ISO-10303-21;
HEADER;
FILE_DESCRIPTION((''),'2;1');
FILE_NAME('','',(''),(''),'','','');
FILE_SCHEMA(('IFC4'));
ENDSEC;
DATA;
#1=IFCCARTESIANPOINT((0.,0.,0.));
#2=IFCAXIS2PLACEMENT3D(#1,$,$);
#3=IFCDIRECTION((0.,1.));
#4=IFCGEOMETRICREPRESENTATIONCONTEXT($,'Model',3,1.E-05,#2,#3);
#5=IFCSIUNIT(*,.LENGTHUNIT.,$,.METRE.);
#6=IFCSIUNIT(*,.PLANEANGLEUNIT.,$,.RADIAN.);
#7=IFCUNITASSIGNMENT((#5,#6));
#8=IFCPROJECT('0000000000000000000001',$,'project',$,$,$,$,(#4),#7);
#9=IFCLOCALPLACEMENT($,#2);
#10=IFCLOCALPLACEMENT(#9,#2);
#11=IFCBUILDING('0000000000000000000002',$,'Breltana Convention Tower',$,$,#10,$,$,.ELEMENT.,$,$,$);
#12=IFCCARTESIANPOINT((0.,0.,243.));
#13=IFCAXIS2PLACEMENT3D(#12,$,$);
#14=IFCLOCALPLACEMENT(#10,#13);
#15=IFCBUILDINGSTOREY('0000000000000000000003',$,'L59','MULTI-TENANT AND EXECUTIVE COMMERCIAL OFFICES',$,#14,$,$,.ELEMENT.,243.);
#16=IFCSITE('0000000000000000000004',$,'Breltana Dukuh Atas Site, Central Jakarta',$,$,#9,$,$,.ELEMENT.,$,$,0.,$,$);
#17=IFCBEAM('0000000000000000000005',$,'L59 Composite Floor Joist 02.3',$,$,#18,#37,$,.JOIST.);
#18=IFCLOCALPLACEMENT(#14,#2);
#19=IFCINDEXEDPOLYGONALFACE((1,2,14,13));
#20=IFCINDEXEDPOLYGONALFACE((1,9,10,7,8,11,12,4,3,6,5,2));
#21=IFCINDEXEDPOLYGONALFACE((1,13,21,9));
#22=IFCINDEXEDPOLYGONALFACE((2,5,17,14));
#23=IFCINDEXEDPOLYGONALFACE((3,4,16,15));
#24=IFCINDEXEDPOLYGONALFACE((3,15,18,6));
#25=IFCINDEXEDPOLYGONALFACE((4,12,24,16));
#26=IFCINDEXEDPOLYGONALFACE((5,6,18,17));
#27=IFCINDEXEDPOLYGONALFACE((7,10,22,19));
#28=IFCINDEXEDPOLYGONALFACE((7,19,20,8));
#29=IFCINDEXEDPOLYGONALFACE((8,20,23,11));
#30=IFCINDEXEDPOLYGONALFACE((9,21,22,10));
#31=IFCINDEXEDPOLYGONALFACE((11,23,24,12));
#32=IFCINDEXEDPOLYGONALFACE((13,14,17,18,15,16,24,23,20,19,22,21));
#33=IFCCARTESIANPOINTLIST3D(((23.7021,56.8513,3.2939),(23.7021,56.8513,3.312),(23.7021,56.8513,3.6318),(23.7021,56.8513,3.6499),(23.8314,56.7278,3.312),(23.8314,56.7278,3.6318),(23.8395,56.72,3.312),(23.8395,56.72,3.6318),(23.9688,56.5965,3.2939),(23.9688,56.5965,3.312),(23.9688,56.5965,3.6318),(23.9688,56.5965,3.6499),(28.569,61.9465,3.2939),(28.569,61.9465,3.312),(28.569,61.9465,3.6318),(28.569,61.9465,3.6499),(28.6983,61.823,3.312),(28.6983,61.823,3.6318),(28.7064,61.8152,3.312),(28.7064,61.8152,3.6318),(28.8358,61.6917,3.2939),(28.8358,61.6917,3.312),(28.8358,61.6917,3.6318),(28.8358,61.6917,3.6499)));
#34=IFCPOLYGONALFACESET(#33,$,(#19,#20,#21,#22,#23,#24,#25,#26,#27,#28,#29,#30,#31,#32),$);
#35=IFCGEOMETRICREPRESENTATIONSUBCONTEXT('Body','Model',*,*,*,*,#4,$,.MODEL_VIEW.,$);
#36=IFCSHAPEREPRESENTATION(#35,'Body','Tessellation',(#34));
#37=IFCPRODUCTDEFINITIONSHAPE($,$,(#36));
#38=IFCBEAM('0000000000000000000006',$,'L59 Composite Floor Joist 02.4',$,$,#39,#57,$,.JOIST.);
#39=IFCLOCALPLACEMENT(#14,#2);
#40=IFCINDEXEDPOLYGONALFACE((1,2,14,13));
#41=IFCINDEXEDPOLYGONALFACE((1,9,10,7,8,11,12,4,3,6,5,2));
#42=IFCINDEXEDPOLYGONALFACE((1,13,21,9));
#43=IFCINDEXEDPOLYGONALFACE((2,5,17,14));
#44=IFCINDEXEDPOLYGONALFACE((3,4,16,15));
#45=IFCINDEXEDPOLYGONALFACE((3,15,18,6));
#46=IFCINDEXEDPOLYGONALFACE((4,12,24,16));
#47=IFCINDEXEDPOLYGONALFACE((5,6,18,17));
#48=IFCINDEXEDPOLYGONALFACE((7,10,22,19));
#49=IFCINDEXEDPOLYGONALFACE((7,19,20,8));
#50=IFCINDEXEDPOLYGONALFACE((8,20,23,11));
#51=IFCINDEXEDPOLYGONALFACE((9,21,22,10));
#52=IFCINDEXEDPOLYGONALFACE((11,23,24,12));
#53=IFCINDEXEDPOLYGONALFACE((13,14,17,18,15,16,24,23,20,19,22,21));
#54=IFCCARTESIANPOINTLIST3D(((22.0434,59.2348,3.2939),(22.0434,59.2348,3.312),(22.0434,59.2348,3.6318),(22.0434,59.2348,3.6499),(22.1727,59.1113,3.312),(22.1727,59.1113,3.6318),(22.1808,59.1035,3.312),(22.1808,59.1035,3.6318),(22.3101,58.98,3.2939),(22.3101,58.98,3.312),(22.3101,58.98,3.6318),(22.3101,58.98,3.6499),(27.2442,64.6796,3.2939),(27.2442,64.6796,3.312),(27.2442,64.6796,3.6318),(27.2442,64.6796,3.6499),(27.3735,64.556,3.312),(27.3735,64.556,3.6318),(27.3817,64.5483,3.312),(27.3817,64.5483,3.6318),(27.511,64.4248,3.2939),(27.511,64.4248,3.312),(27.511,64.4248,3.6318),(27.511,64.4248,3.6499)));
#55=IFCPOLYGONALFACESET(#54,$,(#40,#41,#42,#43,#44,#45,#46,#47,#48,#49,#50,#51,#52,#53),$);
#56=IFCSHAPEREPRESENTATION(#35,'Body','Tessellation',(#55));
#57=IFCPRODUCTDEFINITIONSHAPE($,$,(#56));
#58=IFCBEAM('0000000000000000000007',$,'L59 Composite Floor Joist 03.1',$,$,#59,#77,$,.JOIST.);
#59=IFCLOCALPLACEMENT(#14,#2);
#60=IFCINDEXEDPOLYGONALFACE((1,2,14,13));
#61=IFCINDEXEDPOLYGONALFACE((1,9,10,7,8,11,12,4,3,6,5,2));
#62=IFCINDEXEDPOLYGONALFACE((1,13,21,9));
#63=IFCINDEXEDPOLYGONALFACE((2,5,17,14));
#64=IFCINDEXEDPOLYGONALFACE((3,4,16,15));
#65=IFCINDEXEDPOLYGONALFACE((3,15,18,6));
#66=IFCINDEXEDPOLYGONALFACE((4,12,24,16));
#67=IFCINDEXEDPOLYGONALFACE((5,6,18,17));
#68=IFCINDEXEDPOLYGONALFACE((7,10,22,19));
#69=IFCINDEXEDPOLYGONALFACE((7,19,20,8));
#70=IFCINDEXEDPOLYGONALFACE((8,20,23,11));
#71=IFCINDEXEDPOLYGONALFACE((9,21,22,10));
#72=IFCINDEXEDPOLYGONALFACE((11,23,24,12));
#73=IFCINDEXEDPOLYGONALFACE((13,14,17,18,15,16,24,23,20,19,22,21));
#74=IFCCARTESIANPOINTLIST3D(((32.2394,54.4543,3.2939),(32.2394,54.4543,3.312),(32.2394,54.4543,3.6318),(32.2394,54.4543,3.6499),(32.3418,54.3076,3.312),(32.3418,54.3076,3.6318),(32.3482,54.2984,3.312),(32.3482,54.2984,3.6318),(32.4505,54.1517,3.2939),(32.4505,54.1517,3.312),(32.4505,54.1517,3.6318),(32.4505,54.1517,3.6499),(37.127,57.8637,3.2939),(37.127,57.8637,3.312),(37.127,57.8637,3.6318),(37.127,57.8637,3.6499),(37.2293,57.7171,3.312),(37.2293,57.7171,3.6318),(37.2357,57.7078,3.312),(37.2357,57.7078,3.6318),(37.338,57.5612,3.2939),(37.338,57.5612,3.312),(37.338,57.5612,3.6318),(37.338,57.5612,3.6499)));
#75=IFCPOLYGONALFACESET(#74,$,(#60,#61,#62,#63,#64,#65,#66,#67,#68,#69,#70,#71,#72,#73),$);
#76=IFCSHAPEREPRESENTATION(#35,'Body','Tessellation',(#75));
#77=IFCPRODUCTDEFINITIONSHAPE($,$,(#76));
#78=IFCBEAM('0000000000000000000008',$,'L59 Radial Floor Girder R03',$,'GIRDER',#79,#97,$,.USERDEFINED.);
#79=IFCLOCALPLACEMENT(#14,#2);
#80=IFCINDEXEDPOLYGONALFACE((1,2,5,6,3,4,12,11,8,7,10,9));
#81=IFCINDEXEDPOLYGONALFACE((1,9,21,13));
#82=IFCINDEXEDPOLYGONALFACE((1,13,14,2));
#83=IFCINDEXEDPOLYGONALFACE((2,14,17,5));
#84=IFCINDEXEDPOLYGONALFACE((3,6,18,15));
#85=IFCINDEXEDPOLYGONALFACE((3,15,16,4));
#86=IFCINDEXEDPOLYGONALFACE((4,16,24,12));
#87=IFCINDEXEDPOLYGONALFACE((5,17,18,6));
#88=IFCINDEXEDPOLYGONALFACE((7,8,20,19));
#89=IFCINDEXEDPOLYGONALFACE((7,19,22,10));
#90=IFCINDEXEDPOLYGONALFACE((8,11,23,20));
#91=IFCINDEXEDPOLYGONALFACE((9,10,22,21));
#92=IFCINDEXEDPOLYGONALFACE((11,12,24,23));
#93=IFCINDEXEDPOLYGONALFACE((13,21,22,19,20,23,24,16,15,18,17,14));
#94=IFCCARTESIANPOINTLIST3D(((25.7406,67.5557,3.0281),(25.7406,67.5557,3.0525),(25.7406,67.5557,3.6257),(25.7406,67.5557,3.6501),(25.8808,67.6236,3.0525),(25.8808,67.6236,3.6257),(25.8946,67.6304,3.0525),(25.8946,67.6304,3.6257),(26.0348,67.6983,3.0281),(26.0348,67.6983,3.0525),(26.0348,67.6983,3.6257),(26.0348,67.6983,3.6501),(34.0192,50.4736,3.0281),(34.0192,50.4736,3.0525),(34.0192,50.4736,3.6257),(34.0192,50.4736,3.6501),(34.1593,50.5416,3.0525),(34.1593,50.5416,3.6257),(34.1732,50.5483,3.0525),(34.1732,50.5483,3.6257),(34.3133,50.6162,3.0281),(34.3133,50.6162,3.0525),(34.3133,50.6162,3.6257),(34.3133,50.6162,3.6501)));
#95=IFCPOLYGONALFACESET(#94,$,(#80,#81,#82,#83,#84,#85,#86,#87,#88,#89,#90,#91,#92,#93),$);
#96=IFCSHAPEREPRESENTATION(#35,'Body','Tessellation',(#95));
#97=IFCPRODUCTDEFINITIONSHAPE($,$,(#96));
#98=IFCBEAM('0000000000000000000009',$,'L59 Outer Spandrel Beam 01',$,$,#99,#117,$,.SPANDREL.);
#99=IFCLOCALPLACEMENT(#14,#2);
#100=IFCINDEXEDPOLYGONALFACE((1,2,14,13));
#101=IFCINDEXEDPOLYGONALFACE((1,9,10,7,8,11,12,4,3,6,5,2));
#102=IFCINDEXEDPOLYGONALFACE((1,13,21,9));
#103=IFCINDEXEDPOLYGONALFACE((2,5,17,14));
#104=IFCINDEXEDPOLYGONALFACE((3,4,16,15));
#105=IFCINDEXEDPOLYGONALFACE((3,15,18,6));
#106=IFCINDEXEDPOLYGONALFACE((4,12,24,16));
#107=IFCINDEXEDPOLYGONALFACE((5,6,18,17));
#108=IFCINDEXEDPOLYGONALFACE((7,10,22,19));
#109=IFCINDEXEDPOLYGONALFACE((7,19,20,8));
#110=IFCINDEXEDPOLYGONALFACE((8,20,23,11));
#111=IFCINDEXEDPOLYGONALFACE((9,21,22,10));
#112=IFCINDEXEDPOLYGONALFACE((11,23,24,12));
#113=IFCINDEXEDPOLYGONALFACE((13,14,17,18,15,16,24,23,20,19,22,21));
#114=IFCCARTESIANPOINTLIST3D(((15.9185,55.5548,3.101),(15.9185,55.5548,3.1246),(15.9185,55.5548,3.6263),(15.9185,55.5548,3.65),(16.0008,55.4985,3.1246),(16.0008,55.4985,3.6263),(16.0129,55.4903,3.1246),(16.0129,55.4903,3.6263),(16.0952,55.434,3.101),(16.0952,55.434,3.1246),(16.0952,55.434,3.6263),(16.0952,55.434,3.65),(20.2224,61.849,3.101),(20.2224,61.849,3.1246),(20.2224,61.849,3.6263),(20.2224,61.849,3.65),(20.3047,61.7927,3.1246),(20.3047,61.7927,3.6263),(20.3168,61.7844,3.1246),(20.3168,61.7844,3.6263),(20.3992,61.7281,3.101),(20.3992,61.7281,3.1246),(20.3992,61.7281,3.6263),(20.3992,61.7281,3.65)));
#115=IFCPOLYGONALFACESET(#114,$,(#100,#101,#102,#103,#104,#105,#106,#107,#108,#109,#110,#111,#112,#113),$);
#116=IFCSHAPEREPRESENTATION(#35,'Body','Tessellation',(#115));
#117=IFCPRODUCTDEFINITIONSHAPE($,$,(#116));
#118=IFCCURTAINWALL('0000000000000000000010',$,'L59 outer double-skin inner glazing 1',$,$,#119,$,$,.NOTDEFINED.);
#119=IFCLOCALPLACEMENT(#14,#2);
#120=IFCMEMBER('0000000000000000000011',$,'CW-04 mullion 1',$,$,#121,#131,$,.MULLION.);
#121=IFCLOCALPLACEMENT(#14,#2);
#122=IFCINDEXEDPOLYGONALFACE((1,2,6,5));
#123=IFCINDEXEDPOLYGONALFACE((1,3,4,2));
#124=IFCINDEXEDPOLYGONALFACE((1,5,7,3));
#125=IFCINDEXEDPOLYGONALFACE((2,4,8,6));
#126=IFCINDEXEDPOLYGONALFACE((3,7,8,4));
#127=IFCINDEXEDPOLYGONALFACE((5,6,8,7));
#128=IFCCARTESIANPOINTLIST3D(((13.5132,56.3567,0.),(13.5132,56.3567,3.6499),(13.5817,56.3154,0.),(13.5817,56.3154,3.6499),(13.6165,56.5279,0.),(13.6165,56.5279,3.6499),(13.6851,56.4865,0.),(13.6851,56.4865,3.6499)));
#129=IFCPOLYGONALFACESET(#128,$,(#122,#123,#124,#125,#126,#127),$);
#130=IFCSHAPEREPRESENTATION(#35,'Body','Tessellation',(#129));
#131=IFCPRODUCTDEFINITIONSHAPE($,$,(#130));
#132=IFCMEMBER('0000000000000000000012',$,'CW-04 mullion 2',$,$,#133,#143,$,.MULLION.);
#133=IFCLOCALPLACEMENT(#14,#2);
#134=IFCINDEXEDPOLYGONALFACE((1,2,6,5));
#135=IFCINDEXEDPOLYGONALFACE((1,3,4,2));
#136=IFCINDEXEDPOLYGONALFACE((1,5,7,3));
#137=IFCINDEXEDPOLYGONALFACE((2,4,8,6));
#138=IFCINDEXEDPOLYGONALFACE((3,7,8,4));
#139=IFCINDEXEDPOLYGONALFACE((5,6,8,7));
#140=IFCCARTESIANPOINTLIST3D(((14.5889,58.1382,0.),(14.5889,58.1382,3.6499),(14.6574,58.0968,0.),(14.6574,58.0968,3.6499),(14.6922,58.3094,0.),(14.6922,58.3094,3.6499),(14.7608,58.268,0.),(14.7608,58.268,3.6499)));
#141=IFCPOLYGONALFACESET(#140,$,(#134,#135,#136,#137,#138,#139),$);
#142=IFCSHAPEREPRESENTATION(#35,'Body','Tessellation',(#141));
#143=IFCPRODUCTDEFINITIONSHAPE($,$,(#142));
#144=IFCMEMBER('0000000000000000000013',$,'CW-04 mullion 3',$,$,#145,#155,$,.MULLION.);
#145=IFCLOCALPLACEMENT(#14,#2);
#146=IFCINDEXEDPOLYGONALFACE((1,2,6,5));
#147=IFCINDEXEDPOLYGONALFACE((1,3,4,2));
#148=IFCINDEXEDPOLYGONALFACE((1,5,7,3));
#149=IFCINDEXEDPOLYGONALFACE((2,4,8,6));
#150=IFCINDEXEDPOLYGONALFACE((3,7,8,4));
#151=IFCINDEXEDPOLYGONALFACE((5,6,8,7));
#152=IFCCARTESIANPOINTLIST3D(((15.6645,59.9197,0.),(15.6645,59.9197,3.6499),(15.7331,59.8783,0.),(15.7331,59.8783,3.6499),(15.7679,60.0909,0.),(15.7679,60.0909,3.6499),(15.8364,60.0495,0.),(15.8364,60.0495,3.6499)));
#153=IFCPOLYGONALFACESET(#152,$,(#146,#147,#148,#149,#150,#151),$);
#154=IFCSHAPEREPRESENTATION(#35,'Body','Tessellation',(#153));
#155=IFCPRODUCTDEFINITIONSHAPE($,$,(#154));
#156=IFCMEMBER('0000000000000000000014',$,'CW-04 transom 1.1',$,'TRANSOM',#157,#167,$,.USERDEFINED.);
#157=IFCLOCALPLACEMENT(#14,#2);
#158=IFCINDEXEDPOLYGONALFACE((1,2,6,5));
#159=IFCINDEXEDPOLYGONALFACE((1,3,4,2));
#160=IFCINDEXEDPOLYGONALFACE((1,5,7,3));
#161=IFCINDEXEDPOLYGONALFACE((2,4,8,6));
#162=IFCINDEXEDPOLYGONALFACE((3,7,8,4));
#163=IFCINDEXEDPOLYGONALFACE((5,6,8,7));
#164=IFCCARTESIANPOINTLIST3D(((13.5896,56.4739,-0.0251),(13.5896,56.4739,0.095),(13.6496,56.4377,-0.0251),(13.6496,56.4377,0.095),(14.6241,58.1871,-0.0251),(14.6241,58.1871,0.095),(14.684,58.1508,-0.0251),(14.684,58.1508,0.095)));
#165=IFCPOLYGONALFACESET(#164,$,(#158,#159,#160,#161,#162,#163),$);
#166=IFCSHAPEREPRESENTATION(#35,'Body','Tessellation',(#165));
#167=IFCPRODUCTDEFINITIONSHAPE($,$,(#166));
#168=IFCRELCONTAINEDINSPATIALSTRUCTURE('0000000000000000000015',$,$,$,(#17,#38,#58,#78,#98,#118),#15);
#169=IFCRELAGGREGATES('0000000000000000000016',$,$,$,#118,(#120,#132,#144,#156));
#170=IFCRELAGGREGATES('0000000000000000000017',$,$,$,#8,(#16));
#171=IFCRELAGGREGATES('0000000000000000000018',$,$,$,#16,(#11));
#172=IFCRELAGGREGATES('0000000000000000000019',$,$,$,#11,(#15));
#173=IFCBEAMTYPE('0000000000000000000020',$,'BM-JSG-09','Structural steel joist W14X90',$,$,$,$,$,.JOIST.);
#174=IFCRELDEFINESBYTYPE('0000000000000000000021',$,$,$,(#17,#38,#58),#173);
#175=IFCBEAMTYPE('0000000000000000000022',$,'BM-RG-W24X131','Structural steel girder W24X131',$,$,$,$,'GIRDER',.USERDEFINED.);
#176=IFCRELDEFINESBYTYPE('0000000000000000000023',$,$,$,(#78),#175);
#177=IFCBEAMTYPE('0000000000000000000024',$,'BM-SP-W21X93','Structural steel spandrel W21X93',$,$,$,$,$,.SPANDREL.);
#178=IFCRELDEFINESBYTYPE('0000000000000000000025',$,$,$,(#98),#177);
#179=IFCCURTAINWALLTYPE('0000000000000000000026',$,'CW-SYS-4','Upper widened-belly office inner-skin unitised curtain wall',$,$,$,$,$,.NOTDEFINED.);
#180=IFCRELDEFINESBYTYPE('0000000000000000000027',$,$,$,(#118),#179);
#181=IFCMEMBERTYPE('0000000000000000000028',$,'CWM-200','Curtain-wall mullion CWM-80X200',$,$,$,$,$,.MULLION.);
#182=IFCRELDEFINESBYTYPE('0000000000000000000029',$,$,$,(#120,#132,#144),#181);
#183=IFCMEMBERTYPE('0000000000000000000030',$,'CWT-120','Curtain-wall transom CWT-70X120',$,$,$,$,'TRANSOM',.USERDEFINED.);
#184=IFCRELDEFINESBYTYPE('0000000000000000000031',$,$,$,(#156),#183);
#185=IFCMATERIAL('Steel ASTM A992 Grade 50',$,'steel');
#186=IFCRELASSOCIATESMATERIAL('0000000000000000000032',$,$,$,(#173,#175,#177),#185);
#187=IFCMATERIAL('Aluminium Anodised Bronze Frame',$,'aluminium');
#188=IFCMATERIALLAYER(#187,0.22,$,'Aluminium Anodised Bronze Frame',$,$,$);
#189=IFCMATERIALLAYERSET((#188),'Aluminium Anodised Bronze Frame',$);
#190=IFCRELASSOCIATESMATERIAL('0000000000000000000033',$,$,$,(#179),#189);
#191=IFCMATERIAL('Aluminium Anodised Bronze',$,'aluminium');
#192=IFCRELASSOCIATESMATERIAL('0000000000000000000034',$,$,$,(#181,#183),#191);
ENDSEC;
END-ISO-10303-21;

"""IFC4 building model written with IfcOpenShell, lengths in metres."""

from ifc_helpers import new_model, si_unit, direction, frame, origin, origin_2d, place, context, subcontext, project, spatial, rectangle, i_section, extrude, source, transform, mapped, material, layer, layer_set, material_profile, profile_set, type_object, type_shapes, element, aggregate, save


model = new_model("IFC4")

# Units and contexts
model_context = context("Model", 3, precision=1e-05, world=origin(), true_north=direction((0.0, 1.0)))
body_context = subcontext(model_context, "Body", "Model", "MODEL_VIEW")
ifc_project = project(units=[si_unit("LENGTHUNIT", "METRE"), si_unit("PLANEANGLEUNIT", "RADIAN")], contexts=[model_context])

# Site, building, storey
site_placement = place(None, origin())
site = spatial("IfcSite", under=ifc_project, at=site_placement, Name="Breltana Dukuh Atas Site, Central Jakarta", CompositionType="ELEMENT", RefElevation=0.0)
building_placement = place(site_placement, origin())
building = spatial("IfcBuilding", under=site, at=building_placement, Name="Breltana Convention Tower", CompositionType="ELEMENT")
storey_placement = place(building_placement, frame((0.0, 0.0, 243.0)))
storey = spatial("IfcBuildingStorey", under=building, at=storey_placement, Name="L59", Description="MULTI-TENANT AND EXECUTIVE COMMERCIAL OFFICES", CompositionType="ELEMENT", Elevation=243.0)

# Shared definitions
ifc_material_1 = material(Name="Steel ASTM A992 Grade 50", Category="steel")

# Beams
ifc_material_profile_1 = material_profile(ifc_material_1, i_section(OverallWidth=0.3689, OverallDepth=0.356, WebThickness=0.0112, FlangeThickness=0.0181, at=origin_2d()), Name="W14X90")
ifc_profile_set_1 = profile_set([ifc_material_profile_1], Name="Steel ASTM A992 Grade 50")
beam_type_1 = type_object("IfcBeamType", Name="BM-JSG-09", Description="Structural steel joist W14X90", PredefinedType="JOIST", material=ifc_profile_set_1)
shared_shape_1 = source(origin(), body_context, "Body", "SweptSolid", [
    extrude(i_section(OverallWidth=0.3689, OverallDepth=0.356, WebThickness=0.0112, FlangeThickness=0.0181, at=origin_2d()), origin(), (0.0, 0.0, 1.0), 7.0461),
])
beam_1_placement = place(storey_placement, frame((23.8354, 56.7239, 3.4719), z_axis=(0.690723, 0.72312, 0.0), x_axis=(-0.72312, 0.690723, 0.0)))
element("IfcBeam", 1, at=beam_1_placement, inside=storey, type_object=beam_type_1, Name="L59 Composite Floor Joist 02.3", PredefinedType="JOIST", context=body_context, shape_type="MappedRepresentation", body=[
    mapped(shared_shape_1, transform((0.0, 0.0, 0.0), scale=1.0)),
])
shared_shape_2 = source(origin(), body_context, "Body", "SweptSolid", [
    extrude(i_section(OverallWidth=0.3689, OverallDepth=0.356, WebThickness=0.0112, FlangeThickness=0.0181, at=origin_2d()), origin(), (0.0, 0.0, 1.0), 7.5295),
])
beam_2_placement = place(storey_placement, frame((22.1768, 59.1074, 3.4719), z_axis=(0.690726, 0.723117, 0.0), x_axis=(-0.723117, 0.690726, 0.0)))
element("IfcBeam", 2, at=beam_2_placement, inside=storey, type_object=beam_type_1, Name="L59 Composite Floor Joist 02.4", PredefinedType="JOIST", context=body_context, shape_type="MappedRepresentation", body=[
    mapped(shared_shape_2, transform((0.0, 0.0, 0.0), scale=1.0)),
])
shared_shape_3 = source(origin(), body_context, "Body", "SweptSolid", [
    extrude(i_section(OverallWidth=0.3689, OverallDepth=0.356, WebThickness=0.0112, FlangeThickness=0.0181, at=origin_2d()), origin(), (0.0, 0.0, 1.0), 5.9592),
])
beam_3_placement = place(storey_placement, frame((32.345, 54.303, 3.4719), z_axis=(0.82016, 0.572134, 0.0), x_axis=(-0.572134, 0.82016, 0.0)))
element("IfcBeam", 3, at=beam_3_placement, inside=storey, type_object=beam_type_1, Name="L59 Composite Floor Joist 03.1", PredefinedType="JOIST", context=body_context, shape_type="MappedRepresentation", body=[
    mapped(shared_shape_3, transform((0.0, 0.0, 0.0), scale=1.0)),
])
ifc_material_profile_2 = material_profile(ifc_material_1, i_section(OverallWidth=0.3269, OverallDepth=0.6221, WebThickness=0.0154, FlangeThickness=0.0244, at=origin_2d()), Name="W24X131")
ifc_profile_set_2 = profile_set([ifc_material_profile_2], Name="Steel ASTM A992 Grade 50")
beam_type_2 = type_object("IfcBeamType", Name="BM-RG-W24X131", Description="Structural steel girder W24X131", ElementType="GIRDER", PredefinedType="USERDEFINED", material=ifc_profile_set_2)
shared_shape_4 = source(origin(), body_context, "Body", "SweptSolid", [
    extrude(i_section(OverallWidth=0.3269, OverallDepth=0.6221, WebThickness=0.0154, FlangeThickness=0.0244, at=origin_2d()), origin(), (0.0, 0.0, 1.0), 18.9824),
])
beam_4_placement = place(storey_placement, frame((34.1663, 50.5449, 3.3391), z_axis=(-0.436119, 0.899889, 0.0), x_axis=(-0.899889, -0.436119, 0.0)))
element("IfcBeam", 4, at=beam_4_placement, inside=storey, type_object=beam_type_2, Name="L59 Radial Floor Girder R03", ObjectType="GIRDER", PredefinedType="USERDEFINED", context=body_context, shape_type="MappedRepresentation", body=[
    mapped(shared_shape_4, transform((0.0, 0.0, 0.0), scale=1.0)),
])
ifc_material_profile_3 = material_profile(ifc_material_1, i_section(OverallWidth=0.2141, OverallDepth=0.5491, WebThickness=0.0146, FlangeThickness=0.0237, at=origin_2d()), Name="W21X93")
ifc_profile_set_3 = profile_set([ifc_material_profile_3], Name="Steel ASTM A992 Grade 50")
beam_type_3 = type_object("IfcBeamType", Name="BM-SP-W21X93", Description="Structural steel spandrel W21X93", PredefinedType="SPANDREL", material=ifc_profile_set_3)
shared_shape_5 = source(origin(), body_context, "Body", "SweptSolid", [
    extrude(i_section(OverallWidth=0.2141, OverallDepth=0.5491, WebThickness=0.0146, FlangeThickness=0.0237, at=origin_2d()), origin(), (0.0, 0.0, 1.0), 7.625),
])
type_shapes(beam_type_3, [shared_shape_5])
beam_5_placement = place(storey_placement, frame((16.0068, 55.4944, 3.3755), z_axis=(0.564452, 0.825466, 0.0), x_axis=(-0.825466, 0.564452, 0.0)))
element("IfcBeam", 5, at=beam_5_placement, inside=storey, type_object=beam_type_3, Name="L59 Outer Spandrel Beam 01", PredefinedType="SPANDREL", context=body_context, shape_type="MappedRepresentation", body=[
    mapped(shared_shape_5, transform((0.0, 0.0, 0.0), scale=1.0)),
])

# Curtain wall, members
ifc_material_2 = material(Name="Aluminium Anodised Bronze Frame", Category="aluminium")
ifc_layer_1 = layer(ifc_material_2, 0.22, Name="Aluminium Anodised Bronze Frame")
ifc_layer_set_1 = layer_set([ifc_layer_1], Name="Aluminium Anodised Bronze Frame")
curtain_wall_type = type_object("IfcCurtainWallType", Name="CW-SYS-4", Description="Upper widened-belly office inner-skin unitised curtain wall", PredefinedType="NOTDEFINED", material=ifc_layer_set_1)
curtain_wall_placement = place(storey_placement, origin())
curtain_wall = element("IfcCurtainWall", 6, at=curtain_wall_placement, inside=storey, type_object=curtain_wall_type, Name="L59 outer double-skin inner glazing 1", PredefinedType="NOTDEFINED")
ifc_material_3 = material(Name="Aluminium Anodised Bronze", Category="aluminium")
ifc_material_profile_4 = material_profile(ifc_material_3, rectangle(XDim=0.0801, YDim=0.2, at=origin_2d()), Name="CWM-80X200")
ifc_profile_set_4 = profile_set([ifc_material_profile_4], Name="Aluminium Anodised Bronze")
member_type_1 = type_object("IfcMemberType", Name="CWM-200", Description="Curtain-wall mullion CWM-80X200", PredefinedType="MULLION", material=ifc_profile_set_4)
shared_shape_6 = source(origin(), body_context, "Body", "SweptSolid", [
    extrude(rectangle(XDim=0.0801, YDim=0.2, at=origin_2d()), origin(), (0.0, 0.0, 1.0), 3.6499),
])
member_1_placement = place(storey_placement, frame((13.5991, 56.4216, 0.0), z_axis=(0.0, 0.0, 1.0), x_axis=(-0.856061, 0.516875, 0.0)))
member_1 = element("IfcMember", 7, at=member_1_placement, type_object=member_type_1, Name="CW-04 mullion 1", PredefinedType="MULLION", context=body_context, shape_type="MappedRepresentation", body=[
    mapped(shared_shape_6, transform((0.0, 0.0, 0.0), scale=1.0)),
])
member_2_placement = place(storey_placement, frame((14.6748, 58.2031, 0.0), z_axis=(0.0, 0.0, 1.0), x_axis=(-0.856061, 0.516875, 0.0)))
member_2 = element("IfcMember", 8, at=member_2_placement, type_object=member_type_1, Name="CW-04 mullion 2", PredefinedType="MULLION", context=body_context, shape_type="MappedRepresentation", body=[
    mapped(shared_shape_6, transform((0.0, 0.0, 0.0), scale=1.0)),
])
member_3_placement = place(storey_placement, frame((15.7505, 59.9846, 0.0), z_axis=(0.0, 0.0, 1.0), x_axis=(-0.856061, 0.516875, 0.0)))
member_3 = element("IfcMember", 9, at=member_3_placement, type_object=member_type_1, Name="CW-04 mullion 3", PredefinedType="MULLION", context=body_context, shape_type="MappedRepresentation", body=[
    mapped(shared_shape_6, transform((0.0, 0.0, 0.0), scale=1.0)),
])
ifc_material_profile_5 = material_profile(ifc_material_3, rectangle(XDim=0.0701, YDim=0.1201, at=origin_2d()), Name="CWT-70X120")
ifc_profile_set_5 = profile_set([ifc_material_profile_5], Name="Aluminium Anodised Bronze")
member_type_2 = type_object("IfcMemberType", Name="CWT-120", Description="Curtain-wall transom CWT-70X120", ElementType="TRANSOM", PredefinedType="USERDEFINED", material=ifc_profile_set_5)
shared_shape_7 = source(origin(), body_context, "Body", "SweptSolid", [
    extrude(rectangle(XDim=0.0701, YDim=0.1201, at=origin_2d()), origin(), (0.0, 0.0, 1.0), 2.0012),
])
member_4_placement = place(storey_placement, frame((13.6196, 56.4558, 0.0349), z_axis=(0.516898, 0.856047, 0.0), x_axis=(-0.856047, 0.516898, 0.0)))
member_4 = element("IfcMember", 10, at=member_4_placement, type_object=member_type_2, Name="CW-04 transom 1.1", ObjectType="TRANSOM", PredefinedType="USERDEFINED", context=body_context, shape_type="MappedRepresentation", body=[
    mapped(shared_shape_7, transform((0.0, 0.0, 0.0), scale=1.0)),
])
aggregate(curtain_wall, [member_1, member_2, member_3, member_4])

save(model, "model.ifc")
